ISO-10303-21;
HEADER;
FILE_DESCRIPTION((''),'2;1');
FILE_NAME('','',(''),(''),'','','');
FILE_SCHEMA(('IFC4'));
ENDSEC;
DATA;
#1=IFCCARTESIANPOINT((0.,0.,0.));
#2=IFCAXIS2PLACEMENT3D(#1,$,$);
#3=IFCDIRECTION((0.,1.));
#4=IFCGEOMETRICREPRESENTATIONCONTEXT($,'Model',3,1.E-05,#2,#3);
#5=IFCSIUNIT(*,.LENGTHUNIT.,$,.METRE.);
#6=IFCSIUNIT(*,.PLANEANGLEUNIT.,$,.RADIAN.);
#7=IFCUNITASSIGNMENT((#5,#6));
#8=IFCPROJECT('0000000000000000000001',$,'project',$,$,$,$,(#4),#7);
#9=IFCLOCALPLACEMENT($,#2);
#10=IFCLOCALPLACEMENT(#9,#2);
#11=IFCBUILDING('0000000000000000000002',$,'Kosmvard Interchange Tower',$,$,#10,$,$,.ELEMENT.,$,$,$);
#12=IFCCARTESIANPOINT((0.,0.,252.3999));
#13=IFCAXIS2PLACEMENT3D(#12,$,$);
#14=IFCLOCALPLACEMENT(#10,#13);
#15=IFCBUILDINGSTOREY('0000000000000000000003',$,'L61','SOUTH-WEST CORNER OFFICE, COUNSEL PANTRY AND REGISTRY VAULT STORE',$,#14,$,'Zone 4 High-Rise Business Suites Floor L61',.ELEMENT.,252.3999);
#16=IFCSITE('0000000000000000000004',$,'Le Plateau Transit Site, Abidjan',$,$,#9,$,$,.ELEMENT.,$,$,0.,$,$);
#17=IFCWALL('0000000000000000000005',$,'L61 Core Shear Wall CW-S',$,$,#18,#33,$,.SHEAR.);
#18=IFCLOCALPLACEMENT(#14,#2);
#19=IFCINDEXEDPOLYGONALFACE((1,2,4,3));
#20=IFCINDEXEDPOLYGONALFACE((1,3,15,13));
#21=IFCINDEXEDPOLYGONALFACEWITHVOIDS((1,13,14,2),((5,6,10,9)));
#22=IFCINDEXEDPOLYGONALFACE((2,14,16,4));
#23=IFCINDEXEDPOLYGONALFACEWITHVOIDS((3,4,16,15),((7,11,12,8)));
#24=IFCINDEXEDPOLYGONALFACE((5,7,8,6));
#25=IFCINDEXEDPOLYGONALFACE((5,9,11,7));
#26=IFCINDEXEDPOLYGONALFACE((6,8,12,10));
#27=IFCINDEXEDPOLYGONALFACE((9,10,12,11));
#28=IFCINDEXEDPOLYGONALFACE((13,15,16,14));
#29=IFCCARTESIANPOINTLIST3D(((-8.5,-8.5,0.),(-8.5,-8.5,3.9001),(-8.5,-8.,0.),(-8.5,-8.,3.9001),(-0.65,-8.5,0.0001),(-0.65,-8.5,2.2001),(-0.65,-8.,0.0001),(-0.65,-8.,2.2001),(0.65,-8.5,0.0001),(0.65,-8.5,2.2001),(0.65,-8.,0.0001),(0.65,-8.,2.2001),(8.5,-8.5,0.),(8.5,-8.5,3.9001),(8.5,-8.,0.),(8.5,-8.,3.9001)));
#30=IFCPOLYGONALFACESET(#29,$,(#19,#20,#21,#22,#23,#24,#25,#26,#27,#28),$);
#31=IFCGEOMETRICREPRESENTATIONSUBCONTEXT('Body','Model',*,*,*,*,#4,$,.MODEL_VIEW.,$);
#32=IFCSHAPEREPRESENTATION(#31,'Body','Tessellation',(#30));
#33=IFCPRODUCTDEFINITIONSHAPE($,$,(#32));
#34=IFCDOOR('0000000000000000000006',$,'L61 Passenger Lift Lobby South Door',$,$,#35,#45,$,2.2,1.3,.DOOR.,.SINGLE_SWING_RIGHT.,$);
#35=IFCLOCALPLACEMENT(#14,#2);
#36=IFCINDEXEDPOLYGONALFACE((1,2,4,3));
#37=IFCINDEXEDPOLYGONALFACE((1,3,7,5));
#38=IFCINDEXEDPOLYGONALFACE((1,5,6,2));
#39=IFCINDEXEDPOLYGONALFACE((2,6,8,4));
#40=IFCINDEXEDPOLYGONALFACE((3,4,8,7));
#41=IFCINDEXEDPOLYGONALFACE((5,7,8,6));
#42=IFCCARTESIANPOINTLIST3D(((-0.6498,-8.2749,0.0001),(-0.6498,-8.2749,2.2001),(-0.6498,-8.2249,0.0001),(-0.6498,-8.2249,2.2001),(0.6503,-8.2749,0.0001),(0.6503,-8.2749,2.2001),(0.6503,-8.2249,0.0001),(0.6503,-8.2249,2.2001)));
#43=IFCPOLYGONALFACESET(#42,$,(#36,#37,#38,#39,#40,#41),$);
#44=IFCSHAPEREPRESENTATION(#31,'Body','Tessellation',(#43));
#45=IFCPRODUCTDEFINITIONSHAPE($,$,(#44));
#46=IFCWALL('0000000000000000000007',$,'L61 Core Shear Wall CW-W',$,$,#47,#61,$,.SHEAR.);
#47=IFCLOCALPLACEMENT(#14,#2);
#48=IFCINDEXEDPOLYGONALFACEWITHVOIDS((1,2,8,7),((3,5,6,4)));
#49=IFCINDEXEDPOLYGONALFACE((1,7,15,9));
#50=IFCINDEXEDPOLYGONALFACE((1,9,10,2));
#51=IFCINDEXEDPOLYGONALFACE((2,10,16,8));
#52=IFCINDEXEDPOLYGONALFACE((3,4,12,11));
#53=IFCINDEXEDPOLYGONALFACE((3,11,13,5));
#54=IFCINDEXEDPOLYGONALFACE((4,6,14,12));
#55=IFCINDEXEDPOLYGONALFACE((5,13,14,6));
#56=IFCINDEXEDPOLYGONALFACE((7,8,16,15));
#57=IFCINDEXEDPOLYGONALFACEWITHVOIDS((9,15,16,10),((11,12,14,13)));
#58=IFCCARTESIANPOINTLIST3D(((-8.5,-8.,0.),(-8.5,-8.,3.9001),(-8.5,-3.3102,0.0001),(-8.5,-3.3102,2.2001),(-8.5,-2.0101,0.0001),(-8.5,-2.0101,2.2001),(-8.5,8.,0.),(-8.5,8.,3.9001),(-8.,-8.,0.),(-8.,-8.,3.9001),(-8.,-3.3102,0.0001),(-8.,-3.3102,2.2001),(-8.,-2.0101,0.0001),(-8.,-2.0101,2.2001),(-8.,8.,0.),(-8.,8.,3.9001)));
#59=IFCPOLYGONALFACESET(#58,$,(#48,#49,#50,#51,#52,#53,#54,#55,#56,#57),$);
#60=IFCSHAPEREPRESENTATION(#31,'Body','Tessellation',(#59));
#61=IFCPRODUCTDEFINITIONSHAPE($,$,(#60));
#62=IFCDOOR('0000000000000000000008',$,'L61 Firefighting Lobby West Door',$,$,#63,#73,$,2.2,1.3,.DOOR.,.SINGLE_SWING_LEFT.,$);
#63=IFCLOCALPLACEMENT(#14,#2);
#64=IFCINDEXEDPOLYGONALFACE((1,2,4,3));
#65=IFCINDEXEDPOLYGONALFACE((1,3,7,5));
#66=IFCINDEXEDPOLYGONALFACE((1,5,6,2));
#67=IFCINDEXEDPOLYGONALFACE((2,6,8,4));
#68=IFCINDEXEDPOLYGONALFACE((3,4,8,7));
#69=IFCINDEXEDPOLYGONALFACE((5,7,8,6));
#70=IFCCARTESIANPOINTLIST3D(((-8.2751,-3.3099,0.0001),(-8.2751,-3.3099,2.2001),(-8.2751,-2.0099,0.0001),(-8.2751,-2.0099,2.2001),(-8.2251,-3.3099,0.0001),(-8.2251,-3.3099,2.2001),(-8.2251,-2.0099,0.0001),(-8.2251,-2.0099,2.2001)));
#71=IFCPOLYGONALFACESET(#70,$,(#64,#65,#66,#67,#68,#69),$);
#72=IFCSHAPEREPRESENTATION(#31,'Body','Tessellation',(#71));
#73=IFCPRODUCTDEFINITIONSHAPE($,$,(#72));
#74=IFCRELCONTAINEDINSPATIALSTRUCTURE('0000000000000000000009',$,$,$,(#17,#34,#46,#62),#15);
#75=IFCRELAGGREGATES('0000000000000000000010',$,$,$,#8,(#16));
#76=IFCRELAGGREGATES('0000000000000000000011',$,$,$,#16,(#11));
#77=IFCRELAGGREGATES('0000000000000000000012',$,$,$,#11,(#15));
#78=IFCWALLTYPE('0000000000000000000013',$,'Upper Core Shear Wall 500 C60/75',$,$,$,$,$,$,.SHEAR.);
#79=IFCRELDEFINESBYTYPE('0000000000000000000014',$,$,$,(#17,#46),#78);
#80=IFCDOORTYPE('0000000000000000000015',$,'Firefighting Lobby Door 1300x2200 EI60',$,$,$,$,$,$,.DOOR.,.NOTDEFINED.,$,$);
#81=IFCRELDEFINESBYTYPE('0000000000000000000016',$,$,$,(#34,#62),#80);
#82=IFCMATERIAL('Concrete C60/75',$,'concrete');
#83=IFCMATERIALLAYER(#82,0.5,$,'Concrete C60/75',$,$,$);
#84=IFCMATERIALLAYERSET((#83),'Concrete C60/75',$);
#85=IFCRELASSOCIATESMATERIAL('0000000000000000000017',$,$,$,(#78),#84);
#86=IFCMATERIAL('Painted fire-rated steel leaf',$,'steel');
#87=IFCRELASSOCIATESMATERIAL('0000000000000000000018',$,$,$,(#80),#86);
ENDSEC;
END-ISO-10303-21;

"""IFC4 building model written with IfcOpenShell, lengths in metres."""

from ifc_helpers import new_model, si_unit, direction, frame, frame_2d, origin, place, context, subcontext, project, spatial, rectangle, extrude, source, transform, mapped, material, layer, layer_set, type_object, element, fill, save


model = new_model("IFC4")

# Units and contexts
model_context = context("Model", 3, precision=1e-05, world=origin(), true_north=direction((0.0, 1.0)))
body_context = subcontext(model_context, "Body", "Model", "MODEL_VIEW")
ifc_project = project(units=[si_unit("LENGTHUNIT", "METRE"), si_unit("PLANEANGLEUNIT", "RADIAN")], contexts=[model_context])

# Site, building, storey
site_placement = place(None, origin())
site = spatial("IfcSite", under=ifc_project, at=site_placement, Name="Le Plateau Transit Site, Abidjan", CompositionType="ELEMENT", RefElevation=0.0)
building_placement = place(site_placement, origin())
building = spatial("IfcBuilding", under=site, at=building_placement, Name="Kosmvard Interchange Tower", CompositionType="ELEMENT")
storey_placement = place(building_placement, frame((0.0, 0.0, 252.3999)))
storey = spatial("IfcBuildingStorey", under=building, at=storey_placement, Name="L61", Description="SOUTH-WEST CORNER OFFICE, COUNSEL PANTRY AND REGISTRY VAULT STORE", LongName="Zone 4 High-Rise Business Suites Floor L61", CompositionType="ELEMENT", Elevation=252.3999)

# Shared definitions
ifc_material_1 = material(Name="Concrete C60/75", Category="concrete")

# Shared definitions
ifc_material_2 = material(Name="Painted fire-rated steel leaf", Category="steel")

# Walls, openings, doors
ifc_layer_1 = layer(ifc_material_1, 0.5, Name="Concrete C60/75")
ifc_layer_set_1 = layer_set([ifc_layer_1], Name="Concrete C60/75")
wall_type_1 = type_object("IfcWallType", Name="Upper Core Shear Wall 500 C60/75", PredefinedType="SHEAR", material=ifc_layer_set_1)
wall_1_placement = place(storey_placement, frame((-8.5, -8.25, 0.0), z_axis=(0.0, 0.0, 1.0), x_axis=(1.0, 0.0, 0.0)))
wall_1 = element("IfcWall", 1, at=wall_1_placement, inside=storey, type_object=wall_type_1, Name="L61 Core Shear Wall CW-S", PredefinedType="SHEAR", context=body_context, shape_type="SweptSolid", body=[
    extrude(rectangle(XDim=17.0, YDim=0.5, at=frame_2d((8.5, 0.0))), origin(), (0.0, 0.0, 1.0), 3.9001),
])
opening_1_placement = place(wall_1_placement, frame((7.8501, 0.0, 0.0)))
opening_1 = element("IfcOpeningElement", 2, at=opening_1_placement, cuts=wall_1, PredefinedType="OPENING", context=body_context, shape_type="SweptSolid", body=[
    extrude(rectangle(XDim=1.3, YDim=2.2, at=frame_2d((0.6499, 1.1001))), frame((0.0, 0.26, 0.0), z_axis=(0.0, -1.0, 0.0), x_axis=(1.0, 0.0, 0.0)), (0.0, 0.0, 1.0), 0.52),
])
door_type_1 = type_object("IfcDoorType", Name="Firefighting Lobby Door 1300x2200 EI60", OperationType="NOTDEFINED", PredefinedType="DOOR", material=ifc_material_2)
shared_shape_1 = source(origin(), body_context, "Body", "SweptSolid", [
    extrude(rectangle(XDim=1.3, YDim=2.2, at=frame_2d((0.6499, 1.1001))), frame((0.0, 0.0249, 0.0), z_axis=(0.0, -1.0, 0.0), x_axis=(1.0, 0.0, 0.0)), (0.0, 0.0, 1.0), 0.05),
])
door_1_placement = place(opening_1_placement, frame((1.3, 0.0, 0.0), z_axis=(0.0, 0.0, 1.0), x_axis=(-1.0, 0.0, 0.0)))
door_1 = element("IfcDoor", 3, at=door_1_placement, inside=storey, type_object=door_type_1, Name="L61 Passenger Lift Lobby South Door", OperationType="SINGLE_SWING_RIGHT", OverallHeight=2.2, OverallWidth=1.3, PredefinedType="DOOR", context=body_context, shape_type="MappedRepresentation", body=[
    mapped(shared_shape_1, transform((0.0, 0.0, 0.0), scale=1.0)),
])
fill(opening_1, door_1)
wall_2_placement = place(storey_placement, frame((-8.25, -8.0, 0.0), z_axis=(0.0, 0.0, 1.0), x_axis=(0.0, 1.0, 0.0)))
wall_2 = element("IfcWall", 4, at=wall_2_placement, inside=storey, type_object=wall_type_1, Name="L61 Core Shear Wall CW-W", PredefinedType="SHEAR", context=body_context, shape_type="SweptSolid", body=[
    extrude(rectangle(XDim=16.0, YDim=0.5, at=frame_2d((8.0, 0.0))), origin(), (0.0, 0.0, 1.0), 3.9001),
])
opening_2_placement = place(wall_2_placement, frame((4.6899, 0.0, 0.0)))
opening_2 = element("IfcOpeningElement", 5, at=opening_2_placement, cuts=wall_2, PredefinedType="OPENING", context=body_context, shape_type="SweptSolid", body=[
    extrude(rectangle(XDim=1.3, YDim=2.2, at=frame_2d((0.6499, 1.1001))), frame((0.0, 0.26, 0.0), z_axis=(0.0, -1.0, 0.0), x_axis=(1.0, 0.0, 0.0)), (0.0, 0.0, 1.0), 0.52),
])
door_2_placement = place(opening_2_placement, frame((1.3, 0.0, 0.0), z_axis=(0.0, 0.0, 1.0), x_axis=(-1.0, 0.0, 0.0)))
door_2 = element("IfcDoor", 6, at=door_2_placement, inside=storey, type_object=door_type_1, Name="L61 Firefighting Lobby West Door", OperationType="SINGLE_SWING_LEFT", OverallHeight=2.2, OverallWidth=1.3, PredefinedType="DOOR", context=body_context, shape_type="MappedRepresentation", body=[
    mapped(shared_shape_1, transform((0.0, 0.0, 0.0), scale=1.0)),
])
fill(opening_2, door_2)

save(model, "model.ifc")
